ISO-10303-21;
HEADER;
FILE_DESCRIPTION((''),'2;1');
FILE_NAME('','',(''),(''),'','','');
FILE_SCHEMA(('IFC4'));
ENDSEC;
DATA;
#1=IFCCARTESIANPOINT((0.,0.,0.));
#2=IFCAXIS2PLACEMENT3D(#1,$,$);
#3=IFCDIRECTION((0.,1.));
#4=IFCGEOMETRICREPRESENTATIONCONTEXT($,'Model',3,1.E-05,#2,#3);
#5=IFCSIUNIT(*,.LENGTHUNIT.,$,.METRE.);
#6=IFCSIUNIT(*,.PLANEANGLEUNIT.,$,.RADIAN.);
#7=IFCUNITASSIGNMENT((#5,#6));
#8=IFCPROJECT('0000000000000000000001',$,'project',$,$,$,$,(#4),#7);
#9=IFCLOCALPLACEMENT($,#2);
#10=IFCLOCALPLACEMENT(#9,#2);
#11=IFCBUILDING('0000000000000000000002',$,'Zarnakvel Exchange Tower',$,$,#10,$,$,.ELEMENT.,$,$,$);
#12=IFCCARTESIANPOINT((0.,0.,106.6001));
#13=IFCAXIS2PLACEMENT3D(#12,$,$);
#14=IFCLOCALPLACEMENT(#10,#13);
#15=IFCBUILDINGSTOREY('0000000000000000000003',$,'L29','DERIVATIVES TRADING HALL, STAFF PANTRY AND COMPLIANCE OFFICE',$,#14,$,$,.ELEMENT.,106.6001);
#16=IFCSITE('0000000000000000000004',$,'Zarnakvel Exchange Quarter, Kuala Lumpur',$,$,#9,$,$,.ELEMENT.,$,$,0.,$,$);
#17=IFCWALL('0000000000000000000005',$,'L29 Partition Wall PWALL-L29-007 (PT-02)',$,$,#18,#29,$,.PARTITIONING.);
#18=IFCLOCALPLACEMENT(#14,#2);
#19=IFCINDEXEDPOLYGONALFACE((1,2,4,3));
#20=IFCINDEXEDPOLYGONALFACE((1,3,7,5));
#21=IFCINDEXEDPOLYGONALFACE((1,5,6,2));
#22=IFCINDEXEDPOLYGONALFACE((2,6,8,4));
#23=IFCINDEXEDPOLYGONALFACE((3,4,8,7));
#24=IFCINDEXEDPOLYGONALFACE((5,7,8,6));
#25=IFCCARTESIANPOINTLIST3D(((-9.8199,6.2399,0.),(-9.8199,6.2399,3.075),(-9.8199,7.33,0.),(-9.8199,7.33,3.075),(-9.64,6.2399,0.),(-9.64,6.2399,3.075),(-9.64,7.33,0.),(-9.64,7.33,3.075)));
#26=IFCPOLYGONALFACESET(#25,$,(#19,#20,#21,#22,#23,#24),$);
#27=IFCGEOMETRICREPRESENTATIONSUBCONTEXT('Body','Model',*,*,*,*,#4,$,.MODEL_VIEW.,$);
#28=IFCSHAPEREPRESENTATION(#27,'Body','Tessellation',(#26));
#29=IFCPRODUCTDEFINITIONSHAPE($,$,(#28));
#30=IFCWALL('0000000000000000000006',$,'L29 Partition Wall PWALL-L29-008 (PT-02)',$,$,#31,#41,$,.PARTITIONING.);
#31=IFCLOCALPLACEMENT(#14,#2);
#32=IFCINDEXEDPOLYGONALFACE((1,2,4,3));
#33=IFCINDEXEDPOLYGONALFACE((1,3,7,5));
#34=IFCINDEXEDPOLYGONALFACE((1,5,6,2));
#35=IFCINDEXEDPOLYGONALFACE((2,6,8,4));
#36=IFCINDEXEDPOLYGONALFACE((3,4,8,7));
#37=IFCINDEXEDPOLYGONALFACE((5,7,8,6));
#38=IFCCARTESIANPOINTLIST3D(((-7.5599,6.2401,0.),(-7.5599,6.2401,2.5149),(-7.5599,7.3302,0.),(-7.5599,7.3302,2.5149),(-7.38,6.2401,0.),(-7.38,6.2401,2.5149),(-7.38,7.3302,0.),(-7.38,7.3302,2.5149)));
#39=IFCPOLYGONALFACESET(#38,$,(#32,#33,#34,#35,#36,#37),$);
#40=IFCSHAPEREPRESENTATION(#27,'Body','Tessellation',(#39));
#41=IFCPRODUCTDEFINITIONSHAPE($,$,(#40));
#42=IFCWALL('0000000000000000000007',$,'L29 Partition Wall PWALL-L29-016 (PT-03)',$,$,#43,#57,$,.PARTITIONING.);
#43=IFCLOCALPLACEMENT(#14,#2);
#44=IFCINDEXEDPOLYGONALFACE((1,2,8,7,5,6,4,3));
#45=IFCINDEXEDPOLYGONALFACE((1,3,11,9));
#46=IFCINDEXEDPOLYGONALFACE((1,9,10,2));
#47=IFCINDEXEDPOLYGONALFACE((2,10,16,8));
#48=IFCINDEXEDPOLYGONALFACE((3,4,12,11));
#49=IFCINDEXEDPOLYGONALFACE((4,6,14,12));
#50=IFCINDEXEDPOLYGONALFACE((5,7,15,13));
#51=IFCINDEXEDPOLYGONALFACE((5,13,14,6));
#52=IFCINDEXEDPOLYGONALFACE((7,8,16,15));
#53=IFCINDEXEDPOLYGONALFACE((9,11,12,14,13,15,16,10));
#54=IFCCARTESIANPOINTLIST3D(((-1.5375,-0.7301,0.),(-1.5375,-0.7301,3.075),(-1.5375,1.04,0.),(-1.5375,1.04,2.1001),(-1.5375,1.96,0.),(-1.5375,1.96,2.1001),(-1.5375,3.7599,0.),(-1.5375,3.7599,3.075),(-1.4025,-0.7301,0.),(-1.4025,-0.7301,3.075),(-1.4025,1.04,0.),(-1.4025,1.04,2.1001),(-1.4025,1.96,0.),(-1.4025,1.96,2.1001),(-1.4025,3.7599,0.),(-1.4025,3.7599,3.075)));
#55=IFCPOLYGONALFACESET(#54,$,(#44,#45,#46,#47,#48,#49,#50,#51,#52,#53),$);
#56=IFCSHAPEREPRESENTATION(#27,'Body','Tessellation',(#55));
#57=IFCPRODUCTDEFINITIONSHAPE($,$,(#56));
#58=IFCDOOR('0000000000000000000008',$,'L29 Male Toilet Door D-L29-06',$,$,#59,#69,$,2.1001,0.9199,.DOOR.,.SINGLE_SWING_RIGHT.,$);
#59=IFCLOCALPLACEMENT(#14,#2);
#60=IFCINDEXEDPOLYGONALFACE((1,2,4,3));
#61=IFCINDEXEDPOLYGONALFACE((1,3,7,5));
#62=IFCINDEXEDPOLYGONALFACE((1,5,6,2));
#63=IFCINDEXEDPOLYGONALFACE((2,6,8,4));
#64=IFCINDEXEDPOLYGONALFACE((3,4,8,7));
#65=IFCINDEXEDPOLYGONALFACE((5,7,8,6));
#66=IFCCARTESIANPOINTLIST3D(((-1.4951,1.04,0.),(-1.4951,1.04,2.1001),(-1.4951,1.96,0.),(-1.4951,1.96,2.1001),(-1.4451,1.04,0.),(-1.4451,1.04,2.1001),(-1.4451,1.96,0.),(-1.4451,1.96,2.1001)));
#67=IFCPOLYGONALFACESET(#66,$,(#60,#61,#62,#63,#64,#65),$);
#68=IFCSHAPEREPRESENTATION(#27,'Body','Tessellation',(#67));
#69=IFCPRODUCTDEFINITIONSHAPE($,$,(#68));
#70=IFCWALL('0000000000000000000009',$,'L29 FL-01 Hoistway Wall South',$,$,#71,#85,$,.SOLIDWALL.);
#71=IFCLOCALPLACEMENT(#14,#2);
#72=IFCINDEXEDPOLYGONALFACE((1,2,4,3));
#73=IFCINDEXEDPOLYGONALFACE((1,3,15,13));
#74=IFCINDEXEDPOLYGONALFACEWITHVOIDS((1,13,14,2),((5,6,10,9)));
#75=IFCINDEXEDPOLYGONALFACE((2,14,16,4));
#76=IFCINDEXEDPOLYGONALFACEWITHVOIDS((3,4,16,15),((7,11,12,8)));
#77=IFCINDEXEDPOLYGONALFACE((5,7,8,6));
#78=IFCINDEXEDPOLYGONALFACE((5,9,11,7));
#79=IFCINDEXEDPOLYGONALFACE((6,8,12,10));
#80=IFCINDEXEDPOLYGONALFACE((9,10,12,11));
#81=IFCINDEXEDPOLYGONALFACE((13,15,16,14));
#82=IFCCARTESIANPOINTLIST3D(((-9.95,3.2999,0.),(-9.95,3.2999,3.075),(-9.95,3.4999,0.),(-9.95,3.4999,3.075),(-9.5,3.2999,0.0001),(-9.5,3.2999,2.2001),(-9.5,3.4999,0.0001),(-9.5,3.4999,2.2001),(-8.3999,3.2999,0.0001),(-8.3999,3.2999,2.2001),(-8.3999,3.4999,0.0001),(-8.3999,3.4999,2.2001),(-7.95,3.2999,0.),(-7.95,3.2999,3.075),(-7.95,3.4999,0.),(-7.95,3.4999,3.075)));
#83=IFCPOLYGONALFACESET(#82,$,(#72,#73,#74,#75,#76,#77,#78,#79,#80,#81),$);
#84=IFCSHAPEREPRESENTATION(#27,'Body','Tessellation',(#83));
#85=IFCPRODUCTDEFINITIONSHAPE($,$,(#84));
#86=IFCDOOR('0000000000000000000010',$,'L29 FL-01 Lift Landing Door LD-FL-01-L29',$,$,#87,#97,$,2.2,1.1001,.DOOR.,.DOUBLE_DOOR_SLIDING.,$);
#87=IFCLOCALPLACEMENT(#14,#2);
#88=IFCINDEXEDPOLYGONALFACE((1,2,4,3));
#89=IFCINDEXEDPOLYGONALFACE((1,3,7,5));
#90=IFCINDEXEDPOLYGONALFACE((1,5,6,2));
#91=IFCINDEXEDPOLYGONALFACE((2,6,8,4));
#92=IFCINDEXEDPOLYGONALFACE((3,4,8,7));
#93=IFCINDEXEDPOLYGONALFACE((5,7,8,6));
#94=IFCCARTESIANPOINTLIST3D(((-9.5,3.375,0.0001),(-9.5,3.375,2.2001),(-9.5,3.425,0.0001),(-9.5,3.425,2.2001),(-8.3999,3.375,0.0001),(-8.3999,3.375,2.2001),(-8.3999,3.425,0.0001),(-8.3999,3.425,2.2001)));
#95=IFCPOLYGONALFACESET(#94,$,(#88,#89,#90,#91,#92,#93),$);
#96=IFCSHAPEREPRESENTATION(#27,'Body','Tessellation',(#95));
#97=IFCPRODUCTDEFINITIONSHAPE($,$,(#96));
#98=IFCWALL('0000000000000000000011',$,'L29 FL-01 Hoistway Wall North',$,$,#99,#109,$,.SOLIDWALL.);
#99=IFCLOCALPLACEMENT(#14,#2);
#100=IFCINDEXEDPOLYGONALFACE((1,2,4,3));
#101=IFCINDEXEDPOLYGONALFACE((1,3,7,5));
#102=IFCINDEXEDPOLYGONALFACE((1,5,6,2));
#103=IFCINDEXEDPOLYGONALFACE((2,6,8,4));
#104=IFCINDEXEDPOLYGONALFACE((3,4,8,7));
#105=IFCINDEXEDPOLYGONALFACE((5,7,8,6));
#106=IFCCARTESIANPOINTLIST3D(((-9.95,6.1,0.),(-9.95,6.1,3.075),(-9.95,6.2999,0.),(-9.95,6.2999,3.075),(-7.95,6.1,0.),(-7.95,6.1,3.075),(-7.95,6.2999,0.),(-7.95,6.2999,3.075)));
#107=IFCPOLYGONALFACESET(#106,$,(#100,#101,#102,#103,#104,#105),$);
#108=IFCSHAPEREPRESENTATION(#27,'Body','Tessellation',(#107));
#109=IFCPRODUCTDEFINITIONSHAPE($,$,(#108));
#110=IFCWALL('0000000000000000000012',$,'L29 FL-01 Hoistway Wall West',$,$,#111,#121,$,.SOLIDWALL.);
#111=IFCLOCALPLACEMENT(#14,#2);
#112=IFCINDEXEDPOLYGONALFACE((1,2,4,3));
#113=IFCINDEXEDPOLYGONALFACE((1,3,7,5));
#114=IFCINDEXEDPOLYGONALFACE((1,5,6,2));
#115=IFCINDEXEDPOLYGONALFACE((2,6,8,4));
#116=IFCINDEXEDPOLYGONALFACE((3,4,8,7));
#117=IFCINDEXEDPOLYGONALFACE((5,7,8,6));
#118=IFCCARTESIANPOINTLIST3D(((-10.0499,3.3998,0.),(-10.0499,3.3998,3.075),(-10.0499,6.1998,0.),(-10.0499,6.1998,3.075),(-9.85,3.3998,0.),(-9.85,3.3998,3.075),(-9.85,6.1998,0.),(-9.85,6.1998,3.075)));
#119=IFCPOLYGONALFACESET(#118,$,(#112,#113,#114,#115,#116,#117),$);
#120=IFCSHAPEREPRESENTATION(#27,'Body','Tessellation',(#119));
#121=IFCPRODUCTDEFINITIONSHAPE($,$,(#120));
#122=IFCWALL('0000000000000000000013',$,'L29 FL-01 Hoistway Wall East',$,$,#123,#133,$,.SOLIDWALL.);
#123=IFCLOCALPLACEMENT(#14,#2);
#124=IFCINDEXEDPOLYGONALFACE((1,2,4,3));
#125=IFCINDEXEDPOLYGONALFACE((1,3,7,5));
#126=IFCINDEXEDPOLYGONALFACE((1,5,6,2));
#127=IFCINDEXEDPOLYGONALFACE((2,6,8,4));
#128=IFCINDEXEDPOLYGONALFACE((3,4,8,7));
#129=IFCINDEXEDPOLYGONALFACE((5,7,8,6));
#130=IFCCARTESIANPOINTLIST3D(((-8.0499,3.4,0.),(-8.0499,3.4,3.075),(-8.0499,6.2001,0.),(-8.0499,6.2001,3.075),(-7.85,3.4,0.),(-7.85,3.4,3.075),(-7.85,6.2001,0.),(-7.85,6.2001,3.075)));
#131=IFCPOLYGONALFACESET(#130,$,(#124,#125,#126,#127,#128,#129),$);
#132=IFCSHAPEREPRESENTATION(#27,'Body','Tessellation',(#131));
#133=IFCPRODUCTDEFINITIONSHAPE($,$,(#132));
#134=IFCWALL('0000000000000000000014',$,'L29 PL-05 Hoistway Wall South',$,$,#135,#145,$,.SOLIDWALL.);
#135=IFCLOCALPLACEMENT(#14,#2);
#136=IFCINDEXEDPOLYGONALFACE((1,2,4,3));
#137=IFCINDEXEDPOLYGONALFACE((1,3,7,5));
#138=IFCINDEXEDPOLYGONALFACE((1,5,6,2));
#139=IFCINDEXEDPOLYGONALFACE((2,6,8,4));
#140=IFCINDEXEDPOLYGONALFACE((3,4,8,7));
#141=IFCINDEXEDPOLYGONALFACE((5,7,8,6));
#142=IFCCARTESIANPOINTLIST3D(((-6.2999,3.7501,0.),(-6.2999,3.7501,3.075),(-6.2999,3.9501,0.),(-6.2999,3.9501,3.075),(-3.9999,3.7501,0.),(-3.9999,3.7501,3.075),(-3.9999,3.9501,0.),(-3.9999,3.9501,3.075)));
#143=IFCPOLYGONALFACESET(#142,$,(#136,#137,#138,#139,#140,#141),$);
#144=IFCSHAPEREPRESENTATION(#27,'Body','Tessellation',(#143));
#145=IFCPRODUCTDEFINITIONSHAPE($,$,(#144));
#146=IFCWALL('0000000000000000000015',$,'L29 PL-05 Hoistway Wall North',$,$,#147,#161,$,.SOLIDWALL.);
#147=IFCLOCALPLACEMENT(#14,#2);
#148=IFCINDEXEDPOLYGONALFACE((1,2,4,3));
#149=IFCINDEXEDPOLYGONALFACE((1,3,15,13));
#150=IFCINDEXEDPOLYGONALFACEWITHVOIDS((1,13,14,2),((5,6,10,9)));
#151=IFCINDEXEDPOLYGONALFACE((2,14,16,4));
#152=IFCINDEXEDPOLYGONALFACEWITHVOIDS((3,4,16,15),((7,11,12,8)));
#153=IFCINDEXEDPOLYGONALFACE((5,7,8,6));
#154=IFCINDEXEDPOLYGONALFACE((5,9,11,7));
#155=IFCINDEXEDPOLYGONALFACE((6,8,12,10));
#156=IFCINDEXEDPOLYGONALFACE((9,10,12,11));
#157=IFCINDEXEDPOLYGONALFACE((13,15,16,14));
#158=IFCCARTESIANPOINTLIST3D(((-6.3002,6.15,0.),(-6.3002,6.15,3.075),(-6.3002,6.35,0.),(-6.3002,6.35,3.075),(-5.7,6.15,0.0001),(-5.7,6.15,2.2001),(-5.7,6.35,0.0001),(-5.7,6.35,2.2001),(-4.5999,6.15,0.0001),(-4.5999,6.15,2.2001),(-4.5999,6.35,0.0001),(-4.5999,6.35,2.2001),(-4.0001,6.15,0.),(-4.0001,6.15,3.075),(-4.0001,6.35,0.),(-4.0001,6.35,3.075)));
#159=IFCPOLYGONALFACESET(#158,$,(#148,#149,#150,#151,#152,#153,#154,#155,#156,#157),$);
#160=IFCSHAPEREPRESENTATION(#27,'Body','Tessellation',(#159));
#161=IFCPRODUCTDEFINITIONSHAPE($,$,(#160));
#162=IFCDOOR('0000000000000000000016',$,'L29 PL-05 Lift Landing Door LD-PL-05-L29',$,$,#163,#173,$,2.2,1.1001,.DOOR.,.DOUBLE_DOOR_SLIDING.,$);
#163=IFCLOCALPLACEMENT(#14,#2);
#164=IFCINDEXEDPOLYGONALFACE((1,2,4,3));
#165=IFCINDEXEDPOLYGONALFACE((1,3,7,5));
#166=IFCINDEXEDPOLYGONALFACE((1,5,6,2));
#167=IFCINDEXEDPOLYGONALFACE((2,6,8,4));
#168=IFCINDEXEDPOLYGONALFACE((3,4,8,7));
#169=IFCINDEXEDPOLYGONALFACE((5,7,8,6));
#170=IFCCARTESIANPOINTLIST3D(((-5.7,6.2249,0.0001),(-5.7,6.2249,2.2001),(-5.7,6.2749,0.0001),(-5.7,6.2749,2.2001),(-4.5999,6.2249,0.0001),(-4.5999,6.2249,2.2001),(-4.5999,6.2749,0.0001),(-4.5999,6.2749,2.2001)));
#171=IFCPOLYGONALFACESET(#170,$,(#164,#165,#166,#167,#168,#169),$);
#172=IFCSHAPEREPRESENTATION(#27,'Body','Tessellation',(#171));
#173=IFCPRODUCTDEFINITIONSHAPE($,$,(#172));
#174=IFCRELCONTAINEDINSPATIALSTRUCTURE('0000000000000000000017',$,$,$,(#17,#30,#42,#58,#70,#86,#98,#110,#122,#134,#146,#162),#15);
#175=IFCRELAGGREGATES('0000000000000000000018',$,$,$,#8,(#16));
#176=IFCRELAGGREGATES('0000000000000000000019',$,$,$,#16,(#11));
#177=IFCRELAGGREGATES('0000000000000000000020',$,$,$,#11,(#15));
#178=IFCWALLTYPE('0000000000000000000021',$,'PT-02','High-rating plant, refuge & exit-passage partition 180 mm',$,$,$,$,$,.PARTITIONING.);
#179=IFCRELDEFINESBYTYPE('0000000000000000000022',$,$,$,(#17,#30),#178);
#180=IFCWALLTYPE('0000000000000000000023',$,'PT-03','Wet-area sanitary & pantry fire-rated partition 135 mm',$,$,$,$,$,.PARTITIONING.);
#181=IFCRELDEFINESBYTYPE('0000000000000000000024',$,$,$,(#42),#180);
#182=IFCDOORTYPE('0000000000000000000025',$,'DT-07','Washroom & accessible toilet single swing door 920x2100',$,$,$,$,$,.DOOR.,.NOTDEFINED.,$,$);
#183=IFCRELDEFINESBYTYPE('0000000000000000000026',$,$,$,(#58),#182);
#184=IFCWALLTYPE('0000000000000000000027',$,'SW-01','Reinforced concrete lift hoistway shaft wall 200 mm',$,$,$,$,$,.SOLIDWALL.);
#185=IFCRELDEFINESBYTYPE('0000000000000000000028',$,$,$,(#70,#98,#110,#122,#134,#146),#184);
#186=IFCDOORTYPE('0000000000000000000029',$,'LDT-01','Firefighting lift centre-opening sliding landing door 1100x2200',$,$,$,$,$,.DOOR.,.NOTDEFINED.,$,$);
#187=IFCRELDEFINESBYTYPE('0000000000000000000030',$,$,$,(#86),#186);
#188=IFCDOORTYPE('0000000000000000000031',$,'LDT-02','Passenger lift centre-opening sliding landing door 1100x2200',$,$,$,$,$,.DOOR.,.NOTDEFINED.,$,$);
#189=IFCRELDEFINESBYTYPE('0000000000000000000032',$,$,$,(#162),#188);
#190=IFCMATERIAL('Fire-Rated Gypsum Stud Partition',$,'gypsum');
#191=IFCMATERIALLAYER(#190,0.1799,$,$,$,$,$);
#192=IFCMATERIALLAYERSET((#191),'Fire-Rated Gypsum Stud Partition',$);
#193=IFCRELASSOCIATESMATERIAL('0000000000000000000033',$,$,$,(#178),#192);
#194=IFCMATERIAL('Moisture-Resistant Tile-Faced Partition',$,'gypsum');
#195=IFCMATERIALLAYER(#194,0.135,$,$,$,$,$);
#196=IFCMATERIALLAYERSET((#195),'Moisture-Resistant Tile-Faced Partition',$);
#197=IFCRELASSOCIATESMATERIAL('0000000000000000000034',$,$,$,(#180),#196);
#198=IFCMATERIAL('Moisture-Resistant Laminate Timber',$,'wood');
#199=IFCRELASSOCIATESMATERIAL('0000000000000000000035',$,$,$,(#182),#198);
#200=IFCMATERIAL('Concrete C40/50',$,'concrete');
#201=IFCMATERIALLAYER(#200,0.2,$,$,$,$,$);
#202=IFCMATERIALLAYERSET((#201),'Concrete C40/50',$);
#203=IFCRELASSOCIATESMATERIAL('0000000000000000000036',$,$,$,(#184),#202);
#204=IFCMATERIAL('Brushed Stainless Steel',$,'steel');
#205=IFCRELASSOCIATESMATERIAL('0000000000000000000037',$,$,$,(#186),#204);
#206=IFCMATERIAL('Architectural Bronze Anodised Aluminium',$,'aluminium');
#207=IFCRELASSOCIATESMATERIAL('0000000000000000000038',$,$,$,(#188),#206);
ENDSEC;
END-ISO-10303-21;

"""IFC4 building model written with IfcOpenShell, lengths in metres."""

from ifc_helpers import new_model, si_unit, direction, frame, frame_2d, origin, place, context, subcontext, project, spatial, rectangle, extrude, source, transform, mapped, material, layer, layer_set, type_object, element, fill, save


model = new_model("IFC4")

# Units and contexts
model_context = context("Model", 3, precision=1e-05, world=origin(), true_north=direction((0.0, 1.0)))
body_context = subcontext(model_context, "Body", "Model", "MODEL_VIEW")
ifc_project = project(units=[si_unit("LENGTHUNIT", "METRE"), si_unit("PLANEANGLEUNIT", "RADIAN")], contexts=[model_context])

# Site, building, storey
site_placement = place(None, origin())
site = spatial("IfcSite", under=ifc_project, at=site_placement, Name="Zarnakvel Exchange Quarter, Kuala Lumpur", CompositionType="ELEMENT", RefElevation=0.0)
building_placement = place(site_placement, origin())
building = spatial("IfcBuilding", under=site, at=building_placement, Name="Zarnakvel Exchange Tower", CompositionType="ELEMENT")
storey_placement = place(building_placement, frame((0.0, 0.0, 106.6001)))
storey = spatial("IfcBuildingStorey", under=building, at=storey_placement, Name="L29", Description="DERIVATIVES TRADING HALL, STAFF PANTRY AND COMPLIANCE OFFICE", CompositionType="ELEMENT", Elevation=106.6001)

# Walls
ifc_material_1 = material(Name="Fire-Rated Gypsum Stud Partition", Category="gypsum")
ifc_layer_1 = layer(ifc_material_1, 0.1799)
ifc_layer_set_1 = layer_set([ifc_layer_1], Name="Fire-Rated Gypsum Stud Partition")
wall_type_1 = type_object("IfcWallType", Name="PT-02", Description="High-rating plant, refuge & exit-passage partition 180 mm", PredefinedType="PARTITIONING", material=ifc_layer_set_1)
wall_1_placement = place(storey_placement, frame((-9.73, 6.24, 0.0), z_axis=(0.0, 0.0, 1.0), x_axis=(0.0, 1.0, 0.0)))
element("IfcWall", 1, at=wall_1_placement, inside=storey, type_object=wall_type_1, Name="L29 Partition Wall PWALL-L29-007 (PT-02)", PredefinedType="PARTITIONING", context=body_context, shape_type="SweptSolid", body=[
    extrude(rectangle(XDim=1.0901, YDim=0.1799, at=frame_2d((0.5449, 0.0))), origin(), (0.0, 0.0, 1.0), 3.075),
])
wall_2_placement = place(storey_placement, frame((-7.47, 7.3301, 0.0), z_axis=(0.0, 0.0, 1.0), x_axis=(0.0, -1.0, 0.0)))
element("IfcWall", 2, at=wall_2_placement, inside=storey, type_object=wall_type_1, Name="L29 Partition Wall PWALL-L29-008 (PT-02)", PredefinedType="PARTITIONING", context=body_context, shape_type="SweptSolid", body=[
    extrude(rectangle(XDim=1.0901, YDim=0.1799, at=frame_2d((0.5449, 0.0))), origin(), (0.0, 0.0, 1.0), 2.5149),
])

# Walls, openings, doors
ifc_material_2 = material(Name="Moisture-Resistant Tile-Faced Partition", Category="gypsum")
ifc_layer_2 = layer(ifc_material_2, 0.135)
ifc_layer_set_2 = layer_set([ifc_layer_2], Name="Moisture-Resistant Tile-Faced Partition")
wall_type_2 = type_object("IfcWallType", Name="PT-03", Description="Wet-area sanitary & pantry fire-rated partition 135 mm", PredefinedType="PARTITIONING", material=ifc_layer_set_2)
wall_3_placement = place(storey_placement, frame((-1.47, 3.76, 0.0), z_axis=(0.0, 0.0, 1.0), x_axis=(0.0, -1.0, 0.0)))
wall_3 = element("IfcWall", 3, at=wall_3_placement, inside=storey, type_object=wall_type_2, Name="L29 Partition Wall PWALL-L29-016 (PT-03)", PredefinedType="PARTITIONING", context=body_context, shape_type="SweptSolid", body=[
    extrude(rectangle(XDim=4.49, YDim=0.135, at=frame_2d((2.2451, 0.0))), origin(), (0.0, 0.0, 1.0), 3.075),
])
opening_1_placement = place(wall_3_placement, frame((1.8, 0.0, 0.0)))
opening_1 = element("IfcOpeningElement", 4, at=opening_1_placement, cuts=wall_3, PredefinedType="OPENING", context=body_context, shape_type="SweptSolid", body=[
    extrude(rectangle(XDim=0.9199, YDim=2.1001, at=frame_2d((0.46, 1.05))), frame((0.0, 0.0774, 0.0), z_axis=(0.0, -1.0, 0.0), x_axis=(1.0, 0.0, 0.0)), (0.0, 0.0, 1.0), 0.155),
])
ifc_material_3 = material(Name="Moisture-Resistant Laminate Timber", Category="wood")
door_type_1 = type_object("IfcDoorType", Name="DT-07", Description="Washroom & accessible toilet single swing door 920x2100", OperationType="NOTDEFINED", PredefinedType="DOOR", material=ifc_material_3)
shared_shape_1 = source(origin(), body_context, "Body", "SweptSolid", [
    extrude(rectangle(XDim=0.9199, YDim=2.1001, at=frame_2d((0.46, 1.05))), frame((0.0, 0.0249, 0.0), z_axis=(0.0, -1.0, 0.0), x_axis=(1.0, 0.0, 0.0)), (0.0, 0.0, 1.0), 0.05),
])
door_1_placement = place(opening_1_placement, origin())
door_1 = element("IfcDoor", 5, at=door_1_placement, inside=storey, type_object=door_type_1, Name="L29 Male Toilet Door D-L29-06", OperationType="SINGLE_SWING_RIGHT", OverallHeight=2.1001, OverallWidth=0.9199, PredefinedType="DOOR", context=body_context, shape_type="MappedRepresentation", body=[
    mapped(shared_shape_1, transform((0.0, 0.0, 0.0), x_axis=(1.0, 0.0, 0.0), y_axis=(0.0, 1.0, 0.0), z_axis=(0.0, 0.0, 1.0), scale=1.0)),
])
fill(opening_1, door_1)
ifc_material_4 = material(Name="Concrete C40/50", Category="concrete")
ifc_layer_3 = layer(ifc_material_4, 0.2)
ifc_layer_set_3 = layer_set([ifc_layer_3], Name="Concrete C40/50")
wall_type_3 = type_object("IfcWallType", Name="SW-01", Description="Reinforced concrete lift hoistway shaft wall 200 mm", PredefinedType="SOLIDWALL", material=ifc_layer_set_3)
wall_4_placement = place(storey_placement, frame((-7.95, 3.3999, 0.0), z_axis=(0.0, 0.0, 1.0), x_axis=(-1.0, 0.0, 0.0)))
wall_4 = element("IfcWall", 6, at=wall_4_placement, inside=storey, type_object=wall_type_3, Name="L29 FL-01 Hoistway Wall South", PredefinedType="SOLIDWALL", context=body_context, shape_type="SweptSolid", body=[
    extrude(rectangle(XDim=2.0, YDim=0.2, at=frame_2d((1.0, 0.0))), origin(), (0.0, 0.0, 1.0), 3.075),
])
opening_2_placement = place(wall_4_placement, frame((0.45, 0.0, 0.0)))
opening_2 = element("IfcOpeningElement", 7, at=opening_2_placement, cuts=wall_4, PredefinedType="OPENING", context=body_context, shape_type="SweptSolid", body=[
    extrude(rectangle(XDim=1.1001, YDim=2.2, at=frame_2d((0.55, 1.1001))), frame((0.0, 0.1099, 0.0), z_axis=(0.0, -1.0, 0.0), x_axis=(1.0, 0.0, 0.0)), (0.0, 0.0, 1.0), 0.22),
])
ifc_material_5 = material(Name="Brushed Stainless Steel", Category="steel")
door_type_2 = type_object("IfcDoorType", Name="LDT-01", Description="Firefighting lift centre-opening sliding landing door 1100x2200", OperationType="NOTDEFINED", PredefinedType="DOOR", material=ifc_material_5)
shared_shape_2 = source(origin(), body_context, "Body", "SweptSolid", [
    extrude(rectangle(XDim=1.1001, YDim=2.2, at=frame_2d((0.55, 1.1001))), frame((0.0, 0.0249, 0.0), z_axis=(0.0, -1.0, 0.0), x_axis=(1.0, 0.0, 0.0)), (0.0, 0.0, 1.0), 0.05),
])
door_2_placement = place(opening_2_placement, origin())
door_2 = element("IfcDoor", 8, at=door_2_placement, inside=storey, type_object=door_type_2, Name="L29 FL-01 Lift Landing Door LD-FL-01-L29", OperationType="DOUBLE_DOOR_SLIDING", OverallHeight=2.2, OverallWidth=1.1001, PredefinedType="DOOR", context=body_context, shape_type="MappedRepresentation", body=[
    mapped(shared_shape_2, transform((0.0, 0.0, 0.0), x_axis=(1.0, 0.0, 0.0), y_axis=(0.0, 1.0, 0.0), z_axis=(0.0, 0.0, 1.0), scale=1.0)),
])
fill(opening_2, door_2)

# Walls
wall_5_placement = place(storey_placement, frame((-9.95, 6.2, 0.0), z_axis=(0.0, 0.0, 1.0), x_axis=(1.0, 0.0, 0.0)))
element("IfcWall", 9, at=wall_5_placement, inside=storey, type_object=wall_type_3, Name="L29 FL-01 Hoistway Wall North", PredefinedType="SOLIDWALL", context=body_context, shape_type="SweptSolid", body=[
    extrude(rectangle(XDim=2.0, YDim=0.2, at=frame_2d((1.0, 0.0))), origin(), (0.0, 0.0, 1.0), 3.075),
])
for number, where, z_axis, x_axis, name in (
    (10, (-9.95, 3.3999, 0.0), (0.0, 0.0, 1.0), (0.0, 1.0, 0.0), "L29 FL-01 Hoistway Wall West"),
    (11, (-7.95, 6.2, 0.0), (0.0, 0.0, 1.0), (0.0, -1.0, 0.0), "L29 FL-01 Hoistway Wall East"),
):
    element("IfcWall", number, at=place(storey_placement, frame(where, z_axis=z_axis, x_axis=x_axis)), inside=storey, type_object=wall_type_3, Name=name, PredefinedType="SOLIDWALL", context=body_context, shape_type="SweptSolid", body=[
        extrude(rectangle(XDim=2.8, YDim=0.2, at=frame_2d((1.3999, 0.0))), origin(), (0.0, 0.0, 1.0), 3.075),
    ])
wall_6_placement = place(storey_placement, frame((-4.0, 3.8501, 0.0), z_axis=(0.0, 0.0, 1.0), x_axis=(-1.0, 0.0, 0.0)))
element("IfcWall", 12, at=wall_6_placement, inside=storey, type_object=wall_type_3, Name="L29 PL-05 Hoistway Wall South", PredefinedType="SOLIDWALL", context=body_context, shape_type="SweptSolid", body=[
    extrude(rectangle(XDim=2.3, YDim=0.2, at=frame_2d((1.1499, 0.0))), origin(), (0.0, 0.0, 1.0), 3.075),
])

# Wall, opening, door
wall_7_placement = place(storey_placement, frame((-6.3, 6.25, 0.0), z_axis=(0.0, 0.0, 1.0), x_axis=(1.0, 0.0, 0.0)))
wall_7 = element("IfcWall", 13, at=wall_7_placement, inside=storey, type_object=wall_type_3, Name="L29 PL-05 Hoistway Wall North", PredefinedType="SOLIDWALL", context=body_context, shape_type="SweptSolid", body=[
    extrude(rectangle(XDim=2.3, YDim=0.2, at=frame_2d((1.1499, 0.0))), origin(), (0.0, 0.0, 1.0), 3.075),
])
opening_3_placement = place(wall_7_placement, frame((0.6001, 0.0, 0.0)))
opening_3 = element("IfcOpeningElement", 14, at=opening_3_placement, cuts=wall_7, PredefinedType="OPENING", context=body_context, shape_type="SweptSolid", body=[
    extrude(rectangle(XDim=1.1001, YDim=2.2, at=frame_2d((0.55, 1.1001))), frame((0.0, 0.1099, 0.0), z_axis=(0.0, -1.0, 0.0), x_axis=(1.0, 0.0, 0.0)), (0.0, 0.0, 1.0), 0.22),
])
ifc_material_6 = material(Name="Architectural Bronze Anodised Aluminium", Category="aluminium")
door_type_3 = type_object("IfcDoorType", Name="LDT-02", Description="Passenger lift centre-opening sliding landing door 1100x2200", OperationType="NOTDEFINED", PredefinedType="DOOR", material=ifc_material_6)
door_3_placement = place(opening_3_placement, origin())
door_3 = element("IfcDoor", 15, at=door_3_placement, inside=storey, type_object=door_type_3, Name="L29 PL-05 Lift Landing Door LD-PL-05-L29", OperationType="DOUBLE_DOOR_SLIDING", OverallHeight=2.2, OverallWidth=1.1001, PredefinedType="DOOR", context=body_context, shape_type="MappedRepresentation", body=[
    mapped(shared_shape_2, transform((0.0, 0.0, 0.0), x_axis=(1.0, 0.0, 0.0), y_axis=(0.0, 1.0, 0.0), z_axis=(0.0, 0.0, 1.0), scale=1.0)),
])
fill(opening_3, door_3)

save(model, "model.ifc")
